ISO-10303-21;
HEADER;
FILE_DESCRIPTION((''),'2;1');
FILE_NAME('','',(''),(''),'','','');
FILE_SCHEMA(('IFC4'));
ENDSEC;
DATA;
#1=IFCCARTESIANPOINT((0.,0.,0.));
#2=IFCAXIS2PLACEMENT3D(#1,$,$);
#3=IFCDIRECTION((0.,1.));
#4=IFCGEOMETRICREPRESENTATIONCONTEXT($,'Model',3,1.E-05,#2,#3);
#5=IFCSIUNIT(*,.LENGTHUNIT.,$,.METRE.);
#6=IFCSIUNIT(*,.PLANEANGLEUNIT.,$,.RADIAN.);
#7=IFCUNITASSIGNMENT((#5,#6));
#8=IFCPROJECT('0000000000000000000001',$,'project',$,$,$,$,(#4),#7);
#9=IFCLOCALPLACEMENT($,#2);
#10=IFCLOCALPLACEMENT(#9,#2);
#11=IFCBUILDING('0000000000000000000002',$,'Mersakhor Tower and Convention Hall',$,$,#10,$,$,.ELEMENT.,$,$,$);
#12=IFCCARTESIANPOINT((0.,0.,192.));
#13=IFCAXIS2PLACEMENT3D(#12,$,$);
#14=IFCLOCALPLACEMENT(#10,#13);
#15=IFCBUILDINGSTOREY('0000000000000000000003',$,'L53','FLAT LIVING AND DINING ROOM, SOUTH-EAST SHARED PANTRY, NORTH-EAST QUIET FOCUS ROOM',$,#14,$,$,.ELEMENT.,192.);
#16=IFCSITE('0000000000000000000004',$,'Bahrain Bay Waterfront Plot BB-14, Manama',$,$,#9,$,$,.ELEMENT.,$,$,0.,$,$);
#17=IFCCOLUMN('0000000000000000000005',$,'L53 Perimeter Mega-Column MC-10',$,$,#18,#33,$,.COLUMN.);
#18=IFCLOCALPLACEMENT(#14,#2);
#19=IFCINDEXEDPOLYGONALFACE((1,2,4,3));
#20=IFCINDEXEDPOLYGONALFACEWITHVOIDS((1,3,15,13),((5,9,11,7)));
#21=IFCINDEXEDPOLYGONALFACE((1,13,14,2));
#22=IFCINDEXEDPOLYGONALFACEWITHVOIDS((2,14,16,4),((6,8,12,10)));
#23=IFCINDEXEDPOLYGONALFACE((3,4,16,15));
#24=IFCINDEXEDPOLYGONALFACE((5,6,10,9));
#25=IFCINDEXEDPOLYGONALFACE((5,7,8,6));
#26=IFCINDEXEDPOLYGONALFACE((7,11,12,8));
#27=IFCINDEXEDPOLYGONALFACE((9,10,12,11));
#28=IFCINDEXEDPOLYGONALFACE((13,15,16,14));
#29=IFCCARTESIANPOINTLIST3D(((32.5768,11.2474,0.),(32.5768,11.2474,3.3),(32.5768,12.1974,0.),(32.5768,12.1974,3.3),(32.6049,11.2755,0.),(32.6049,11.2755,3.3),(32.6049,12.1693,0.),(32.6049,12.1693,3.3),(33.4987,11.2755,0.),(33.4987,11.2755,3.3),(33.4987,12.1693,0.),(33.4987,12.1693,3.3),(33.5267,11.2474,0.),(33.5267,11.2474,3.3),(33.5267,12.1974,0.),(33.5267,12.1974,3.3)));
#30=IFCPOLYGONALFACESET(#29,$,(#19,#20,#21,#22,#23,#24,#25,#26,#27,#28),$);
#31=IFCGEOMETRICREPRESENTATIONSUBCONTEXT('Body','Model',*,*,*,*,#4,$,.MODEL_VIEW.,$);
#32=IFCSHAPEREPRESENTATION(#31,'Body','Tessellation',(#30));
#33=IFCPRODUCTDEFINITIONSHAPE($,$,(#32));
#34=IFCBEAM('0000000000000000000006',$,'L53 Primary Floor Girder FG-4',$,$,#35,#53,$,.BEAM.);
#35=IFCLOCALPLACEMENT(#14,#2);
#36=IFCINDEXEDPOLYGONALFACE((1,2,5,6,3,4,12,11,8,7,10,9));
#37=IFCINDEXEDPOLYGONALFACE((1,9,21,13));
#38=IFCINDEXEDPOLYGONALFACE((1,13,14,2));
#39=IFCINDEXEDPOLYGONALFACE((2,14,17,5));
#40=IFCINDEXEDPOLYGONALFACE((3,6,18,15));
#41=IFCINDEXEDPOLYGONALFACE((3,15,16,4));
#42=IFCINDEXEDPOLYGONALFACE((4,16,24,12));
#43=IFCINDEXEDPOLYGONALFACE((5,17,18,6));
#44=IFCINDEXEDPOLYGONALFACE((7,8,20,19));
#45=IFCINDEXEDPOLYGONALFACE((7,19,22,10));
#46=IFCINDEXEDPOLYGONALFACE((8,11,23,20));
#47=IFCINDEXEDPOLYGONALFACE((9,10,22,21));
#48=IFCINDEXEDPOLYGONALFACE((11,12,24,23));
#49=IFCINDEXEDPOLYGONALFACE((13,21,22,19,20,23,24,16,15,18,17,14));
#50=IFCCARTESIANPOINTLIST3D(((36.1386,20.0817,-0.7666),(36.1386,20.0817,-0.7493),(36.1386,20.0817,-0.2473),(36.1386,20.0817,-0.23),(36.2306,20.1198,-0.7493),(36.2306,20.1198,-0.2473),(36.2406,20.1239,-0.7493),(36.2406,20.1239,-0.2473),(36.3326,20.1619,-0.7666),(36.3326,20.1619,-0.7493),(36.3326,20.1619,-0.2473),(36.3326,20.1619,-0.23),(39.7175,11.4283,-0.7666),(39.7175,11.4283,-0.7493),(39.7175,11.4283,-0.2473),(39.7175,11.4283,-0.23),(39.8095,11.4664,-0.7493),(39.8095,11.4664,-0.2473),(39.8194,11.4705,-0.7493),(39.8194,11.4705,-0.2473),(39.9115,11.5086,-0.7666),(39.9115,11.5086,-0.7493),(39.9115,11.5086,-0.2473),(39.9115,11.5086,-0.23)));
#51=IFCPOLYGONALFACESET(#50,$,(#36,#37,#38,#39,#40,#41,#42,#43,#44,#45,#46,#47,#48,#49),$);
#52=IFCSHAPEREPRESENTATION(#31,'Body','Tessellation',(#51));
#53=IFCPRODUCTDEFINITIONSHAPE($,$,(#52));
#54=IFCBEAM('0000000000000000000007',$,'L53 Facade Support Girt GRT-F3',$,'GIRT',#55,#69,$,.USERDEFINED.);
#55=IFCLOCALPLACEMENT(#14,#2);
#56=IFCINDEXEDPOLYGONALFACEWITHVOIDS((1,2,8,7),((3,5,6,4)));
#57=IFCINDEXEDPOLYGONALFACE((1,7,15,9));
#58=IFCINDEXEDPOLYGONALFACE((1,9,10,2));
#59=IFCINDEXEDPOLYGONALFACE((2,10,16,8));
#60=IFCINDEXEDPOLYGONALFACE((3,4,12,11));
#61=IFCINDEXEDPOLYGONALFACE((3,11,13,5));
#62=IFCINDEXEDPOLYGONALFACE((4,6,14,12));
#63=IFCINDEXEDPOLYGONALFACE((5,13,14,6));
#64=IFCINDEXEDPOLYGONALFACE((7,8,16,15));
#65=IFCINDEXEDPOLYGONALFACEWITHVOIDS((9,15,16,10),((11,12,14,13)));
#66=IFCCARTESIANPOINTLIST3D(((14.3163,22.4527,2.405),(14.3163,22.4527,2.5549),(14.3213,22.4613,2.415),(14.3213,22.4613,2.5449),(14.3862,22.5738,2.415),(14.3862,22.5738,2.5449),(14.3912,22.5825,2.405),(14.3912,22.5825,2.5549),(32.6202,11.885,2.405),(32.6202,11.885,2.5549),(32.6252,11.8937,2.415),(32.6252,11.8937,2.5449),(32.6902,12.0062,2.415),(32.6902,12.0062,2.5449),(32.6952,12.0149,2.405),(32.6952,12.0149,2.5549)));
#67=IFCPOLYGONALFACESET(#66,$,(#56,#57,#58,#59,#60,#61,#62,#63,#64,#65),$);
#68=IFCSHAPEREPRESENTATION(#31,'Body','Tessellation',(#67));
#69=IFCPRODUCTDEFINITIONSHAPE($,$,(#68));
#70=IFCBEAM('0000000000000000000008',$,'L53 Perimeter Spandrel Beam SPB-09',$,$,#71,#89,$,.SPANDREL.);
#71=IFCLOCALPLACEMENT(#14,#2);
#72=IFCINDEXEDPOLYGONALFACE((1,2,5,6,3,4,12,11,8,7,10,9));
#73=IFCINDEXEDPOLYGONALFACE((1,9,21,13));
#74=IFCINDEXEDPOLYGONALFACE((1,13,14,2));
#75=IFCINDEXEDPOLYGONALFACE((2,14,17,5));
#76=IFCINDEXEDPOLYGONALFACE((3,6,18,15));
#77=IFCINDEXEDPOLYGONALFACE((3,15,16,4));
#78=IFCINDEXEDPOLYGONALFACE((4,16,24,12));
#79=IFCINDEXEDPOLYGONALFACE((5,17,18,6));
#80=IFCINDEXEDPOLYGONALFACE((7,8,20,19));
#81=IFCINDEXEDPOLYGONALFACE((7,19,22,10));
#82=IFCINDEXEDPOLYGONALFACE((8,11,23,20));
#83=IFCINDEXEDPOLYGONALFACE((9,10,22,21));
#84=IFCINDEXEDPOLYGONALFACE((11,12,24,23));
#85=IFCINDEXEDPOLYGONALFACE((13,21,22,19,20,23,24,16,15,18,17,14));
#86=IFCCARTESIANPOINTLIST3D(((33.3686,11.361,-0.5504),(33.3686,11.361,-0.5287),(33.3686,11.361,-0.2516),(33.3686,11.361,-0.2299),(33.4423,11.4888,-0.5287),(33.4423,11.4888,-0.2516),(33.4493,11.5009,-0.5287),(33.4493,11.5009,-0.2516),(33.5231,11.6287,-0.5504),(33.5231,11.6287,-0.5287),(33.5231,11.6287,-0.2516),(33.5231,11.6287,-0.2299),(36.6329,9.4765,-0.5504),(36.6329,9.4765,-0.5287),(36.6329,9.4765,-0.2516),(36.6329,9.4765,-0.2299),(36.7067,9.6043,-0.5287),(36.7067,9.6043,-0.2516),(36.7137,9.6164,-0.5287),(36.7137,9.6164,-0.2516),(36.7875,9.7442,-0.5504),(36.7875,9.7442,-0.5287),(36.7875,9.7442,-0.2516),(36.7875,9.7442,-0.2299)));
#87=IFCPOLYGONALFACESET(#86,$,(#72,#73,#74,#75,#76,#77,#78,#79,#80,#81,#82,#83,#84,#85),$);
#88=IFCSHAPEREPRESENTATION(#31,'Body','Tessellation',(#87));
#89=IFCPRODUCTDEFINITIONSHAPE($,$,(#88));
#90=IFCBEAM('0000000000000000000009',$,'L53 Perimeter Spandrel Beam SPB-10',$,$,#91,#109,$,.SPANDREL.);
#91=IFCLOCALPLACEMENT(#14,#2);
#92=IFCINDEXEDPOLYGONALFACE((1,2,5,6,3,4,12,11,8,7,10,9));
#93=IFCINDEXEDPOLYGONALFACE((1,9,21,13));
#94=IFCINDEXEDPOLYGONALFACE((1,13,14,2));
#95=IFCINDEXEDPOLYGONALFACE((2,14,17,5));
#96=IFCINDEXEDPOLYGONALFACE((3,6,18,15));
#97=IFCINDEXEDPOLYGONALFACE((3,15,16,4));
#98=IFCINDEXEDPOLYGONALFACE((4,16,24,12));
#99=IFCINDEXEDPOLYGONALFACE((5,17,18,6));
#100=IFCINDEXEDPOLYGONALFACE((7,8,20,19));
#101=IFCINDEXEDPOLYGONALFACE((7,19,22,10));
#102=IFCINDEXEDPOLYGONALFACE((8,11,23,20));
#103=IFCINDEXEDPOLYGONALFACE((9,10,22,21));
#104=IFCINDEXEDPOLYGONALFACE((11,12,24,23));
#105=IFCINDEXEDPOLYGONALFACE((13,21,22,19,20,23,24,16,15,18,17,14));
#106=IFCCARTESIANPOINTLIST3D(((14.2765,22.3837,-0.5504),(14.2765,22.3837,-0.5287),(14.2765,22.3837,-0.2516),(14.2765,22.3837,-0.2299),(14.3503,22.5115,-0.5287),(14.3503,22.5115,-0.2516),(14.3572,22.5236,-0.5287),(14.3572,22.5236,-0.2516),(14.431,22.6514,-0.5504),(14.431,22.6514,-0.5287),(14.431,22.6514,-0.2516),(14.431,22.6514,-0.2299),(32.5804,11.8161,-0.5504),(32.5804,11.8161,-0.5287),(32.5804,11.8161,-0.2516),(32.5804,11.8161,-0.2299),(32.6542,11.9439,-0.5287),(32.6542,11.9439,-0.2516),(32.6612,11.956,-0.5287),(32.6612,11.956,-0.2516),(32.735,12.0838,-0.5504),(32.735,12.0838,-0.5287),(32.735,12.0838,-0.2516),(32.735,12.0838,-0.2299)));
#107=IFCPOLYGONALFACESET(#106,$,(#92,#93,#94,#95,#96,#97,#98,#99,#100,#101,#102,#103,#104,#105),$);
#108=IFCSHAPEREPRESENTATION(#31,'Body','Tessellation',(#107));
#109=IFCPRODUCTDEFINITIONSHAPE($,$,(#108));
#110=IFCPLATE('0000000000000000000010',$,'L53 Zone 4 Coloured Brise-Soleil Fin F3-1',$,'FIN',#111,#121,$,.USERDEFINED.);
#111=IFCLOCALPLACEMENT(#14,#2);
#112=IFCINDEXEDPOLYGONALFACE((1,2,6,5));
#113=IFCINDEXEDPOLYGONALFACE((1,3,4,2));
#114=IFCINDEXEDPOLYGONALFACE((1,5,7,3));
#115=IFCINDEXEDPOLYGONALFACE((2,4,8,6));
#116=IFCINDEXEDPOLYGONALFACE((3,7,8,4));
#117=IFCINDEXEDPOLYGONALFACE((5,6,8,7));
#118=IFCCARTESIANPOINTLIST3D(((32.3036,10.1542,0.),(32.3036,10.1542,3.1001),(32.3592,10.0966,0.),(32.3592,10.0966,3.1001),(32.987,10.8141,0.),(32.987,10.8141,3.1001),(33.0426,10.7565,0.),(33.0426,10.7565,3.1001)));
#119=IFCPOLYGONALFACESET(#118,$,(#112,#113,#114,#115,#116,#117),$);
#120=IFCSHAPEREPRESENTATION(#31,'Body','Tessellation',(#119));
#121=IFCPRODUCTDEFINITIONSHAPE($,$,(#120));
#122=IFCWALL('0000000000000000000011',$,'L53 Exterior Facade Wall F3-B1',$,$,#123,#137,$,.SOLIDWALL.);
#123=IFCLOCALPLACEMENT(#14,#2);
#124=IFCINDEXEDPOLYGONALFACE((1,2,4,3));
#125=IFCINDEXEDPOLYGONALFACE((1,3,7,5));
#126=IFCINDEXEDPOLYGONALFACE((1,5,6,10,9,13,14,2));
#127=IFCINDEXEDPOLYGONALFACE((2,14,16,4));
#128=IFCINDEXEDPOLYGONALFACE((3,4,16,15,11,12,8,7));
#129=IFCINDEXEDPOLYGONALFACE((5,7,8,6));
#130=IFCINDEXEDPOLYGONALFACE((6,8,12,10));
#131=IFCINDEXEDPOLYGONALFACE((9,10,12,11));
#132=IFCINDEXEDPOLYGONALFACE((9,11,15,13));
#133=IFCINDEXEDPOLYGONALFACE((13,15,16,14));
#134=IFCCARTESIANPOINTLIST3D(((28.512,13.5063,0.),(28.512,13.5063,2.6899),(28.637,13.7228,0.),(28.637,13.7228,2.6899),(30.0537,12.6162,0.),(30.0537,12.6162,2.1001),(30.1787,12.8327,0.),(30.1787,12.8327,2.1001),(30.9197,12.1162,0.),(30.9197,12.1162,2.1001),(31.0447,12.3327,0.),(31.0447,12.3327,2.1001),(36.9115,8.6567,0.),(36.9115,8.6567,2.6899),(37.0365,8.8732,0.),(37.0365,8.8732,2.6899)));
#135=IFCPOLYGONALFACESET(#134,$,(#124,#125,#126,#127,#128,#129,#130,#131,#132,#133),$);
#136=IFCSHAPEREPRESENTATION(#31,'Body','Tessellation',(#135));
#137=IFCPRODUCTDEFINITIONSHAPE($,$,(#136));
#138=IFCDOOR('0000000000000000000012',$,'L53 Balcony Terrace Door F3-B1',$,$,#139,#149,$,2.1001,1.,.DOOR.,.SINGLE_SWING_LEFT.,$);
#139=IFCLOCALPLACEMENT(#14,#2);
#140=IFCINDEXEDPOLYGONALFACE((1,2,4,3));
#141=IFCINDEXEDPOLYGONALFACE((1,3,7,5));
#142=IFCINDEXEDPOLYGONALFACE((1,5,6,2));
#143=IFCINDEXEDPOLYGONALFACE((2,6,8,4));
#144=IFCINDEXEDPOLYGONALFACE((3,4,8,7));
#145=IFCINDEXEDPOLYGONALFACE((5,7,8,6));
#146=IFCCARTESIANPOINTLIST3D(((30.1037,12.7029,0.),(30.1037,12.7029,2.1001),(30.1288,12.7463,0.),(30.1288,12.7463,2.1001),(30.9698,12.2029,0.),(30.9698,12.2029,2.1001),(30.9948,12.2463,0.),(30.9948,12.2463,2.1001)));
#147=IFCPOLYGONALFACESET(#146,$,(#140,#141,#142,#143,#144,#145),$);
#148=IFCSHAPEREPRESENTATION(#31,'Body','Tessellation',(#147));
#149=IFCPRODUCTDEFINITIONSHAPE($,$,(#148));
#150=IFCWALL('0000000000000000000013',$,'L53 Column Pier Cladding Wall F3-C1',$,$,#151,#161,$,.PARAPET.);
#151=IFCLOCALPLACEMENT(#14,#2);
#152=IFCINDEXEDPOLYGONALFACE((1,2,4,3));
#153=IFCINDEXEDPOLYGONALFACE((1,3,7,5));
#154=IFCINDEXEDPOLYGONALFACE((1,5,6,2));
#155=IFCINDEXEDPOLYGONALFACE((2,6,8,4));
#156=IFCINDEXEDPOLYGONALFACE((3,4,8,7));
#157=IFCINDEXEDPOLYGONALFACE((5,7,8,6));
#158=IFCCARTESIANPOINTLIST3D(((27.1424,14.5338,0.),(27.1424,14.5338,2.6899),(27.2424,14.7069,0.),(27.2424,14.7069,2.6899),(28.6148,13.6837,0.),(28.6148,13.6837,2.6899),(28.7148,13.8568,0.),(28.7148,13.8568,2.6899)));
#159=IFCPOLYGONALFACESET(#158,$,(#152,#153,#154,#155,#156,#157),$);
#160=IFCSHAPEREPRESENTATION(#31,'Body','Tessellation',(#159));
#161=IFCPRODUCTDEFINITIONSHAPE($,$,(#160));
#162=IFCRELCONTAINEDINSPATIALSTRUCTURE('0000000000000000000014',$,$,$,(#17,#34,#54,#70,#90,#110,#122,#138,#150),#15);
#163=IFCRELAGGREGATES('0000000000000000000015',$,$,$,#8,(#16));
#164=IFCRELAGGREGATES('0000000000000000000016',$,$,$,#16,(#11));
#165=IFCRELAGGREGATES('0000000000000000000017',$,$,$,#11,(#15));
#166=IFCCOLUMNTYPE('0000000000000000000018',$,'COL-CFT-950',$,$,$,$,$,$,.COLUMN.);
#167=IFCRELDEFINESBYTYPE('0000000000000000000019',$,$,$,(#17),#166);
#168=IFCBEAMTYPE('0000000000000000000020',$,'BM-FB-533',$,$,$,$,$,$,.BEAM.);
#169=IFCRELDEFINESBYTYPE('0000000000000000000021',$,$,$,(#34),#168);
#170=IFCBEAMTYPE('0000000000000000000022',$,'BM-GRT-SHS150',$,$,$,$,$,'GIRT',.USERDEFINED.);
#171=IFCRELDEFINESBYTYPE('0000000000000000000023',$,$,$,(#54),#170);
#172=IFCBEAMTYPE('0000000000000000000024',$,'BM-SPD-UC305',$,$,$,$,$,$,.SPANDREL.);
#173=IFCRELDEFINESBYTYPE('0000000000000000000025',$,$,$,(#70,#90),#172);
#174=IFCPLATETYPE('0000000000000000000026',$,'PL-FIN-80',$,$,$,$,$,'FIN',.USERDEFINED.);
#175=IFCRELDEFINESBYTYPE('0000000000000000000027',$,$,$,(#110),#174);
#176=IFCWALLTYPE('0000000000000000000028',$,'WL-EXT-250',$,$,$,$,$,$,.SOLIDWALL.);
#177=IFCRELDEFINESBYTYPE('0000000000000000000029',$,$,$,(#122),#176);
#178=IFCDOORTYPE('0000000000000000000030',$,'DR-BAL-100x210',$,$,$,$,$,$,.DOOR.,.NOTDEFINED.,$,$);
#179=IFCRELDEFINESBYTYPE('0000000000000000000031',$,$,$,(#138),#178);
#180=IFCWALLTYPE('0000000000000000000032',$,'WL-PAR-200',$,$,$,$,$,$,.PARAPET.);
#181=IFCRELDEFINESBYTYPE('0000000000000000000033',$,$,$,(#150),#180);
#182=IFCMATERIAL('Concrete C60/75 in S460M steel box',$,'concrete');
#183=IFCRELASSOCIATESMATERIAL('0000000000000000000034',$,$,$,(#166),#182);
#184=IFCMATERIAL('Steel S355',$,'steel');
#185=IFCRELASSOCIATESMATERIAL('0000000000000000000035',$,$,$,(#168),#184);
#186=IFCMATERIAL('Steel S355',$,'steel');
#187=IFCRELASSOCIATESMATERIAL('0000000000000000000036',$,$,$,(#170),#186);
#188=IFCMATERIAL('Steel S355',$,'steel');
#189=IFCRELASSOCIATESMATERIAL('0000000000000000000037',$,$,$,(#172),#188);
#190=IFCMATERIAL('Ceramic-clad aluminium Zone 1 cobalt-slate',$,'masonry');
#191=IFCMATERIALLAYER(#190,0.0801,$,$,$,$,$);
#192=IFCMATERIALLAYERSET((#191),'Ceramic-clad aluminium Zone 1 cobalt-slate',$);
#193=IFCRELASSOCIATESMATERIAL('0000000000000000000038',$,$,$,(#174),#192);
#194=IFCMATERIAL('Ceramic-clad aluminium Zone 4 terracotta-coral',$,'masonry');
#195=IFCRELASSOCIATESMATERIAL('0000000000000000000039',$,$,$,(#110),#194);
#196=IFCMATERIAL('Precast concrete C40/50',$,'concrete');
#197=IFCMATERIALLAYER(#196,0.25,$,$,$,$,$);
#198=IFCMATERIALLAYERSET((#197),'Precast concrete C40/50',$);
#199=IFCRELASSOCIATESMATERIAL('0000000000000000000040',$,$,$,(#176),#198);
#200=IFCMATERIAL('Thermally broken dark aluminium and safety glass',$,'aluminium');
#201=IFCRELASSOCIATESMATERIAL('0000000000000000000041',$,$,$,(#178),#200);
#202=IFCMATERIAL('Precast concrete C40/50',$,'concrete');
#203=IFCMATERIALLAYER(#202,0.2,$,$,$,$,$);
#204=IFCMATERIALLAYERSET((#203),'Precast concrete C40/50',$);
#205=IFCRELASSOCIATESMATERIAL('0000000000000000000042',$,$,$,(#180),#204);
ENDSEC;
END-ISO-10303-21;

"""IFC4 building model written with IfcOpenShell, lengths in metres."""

from ifc_helpers import new_model, si_unit, direction, frame, frame_2d, origin, origin_2d, place, context, subcontext, project, spatial, rectangle, hollow_rectangle, i_section, extrude, material, layer, layer_set, material_profile, profile_set, type_object, element, fill, save


model = new_model("IFC4")

# Units and contexts
model_context = context("Model", 3, precision=1e-05, world=origin(), true_north=direction((0.0, 1.0)))
body_context = subcontext(model_context, "Body", "Model", "MODEL_VIEW")
ifc_project = project(units=[si_unit("LENGTHUNIT", "METRE"), si_unit("PLANEANGLEUNIT", "RADIAN")], contexts=[model_context])

# Site, building, storey
site_placement = place(None, origin())
site = spatial("IfcSite", under=ifc_project, at=site_placement, Name="Bahrain Bay Waterfront Plot BB-14, Manama", CompositionType="ELEMENT", RefElevation=0.0)
building_placement = place(site_placement, origin())
building = spatial("IfcBuilding", under=site, at=building_placement, Name="Mersakhor Tower and Convention Hall", CompositionType="ELEMENT")
storey_placement = place(building_placement, frame((0.0, 0.0, 192.0)))
storey = spatial("IfcBuildingStorey", under=building, at=storey_placement, Name="L53", Description="FLAT LIVING AND DINING ROOM, SOUTH-EAST SHARED PANTRY, NORTH-EAST QUIET FOCUS ROOM", CompositionType="ELEMENT", Elevation=192.0)

# Column
ifc_material_1 = material(Name="Concrete C60/75 in S460M steel box", Category="concrete")
ifc_material_profile_1 = material_profile(ifc_material_1, hollow_rectangle(XDim=0.95, YDim=0.95, WallThickness=0.0281, at=origin_2d()), Name="SHS 950x950x28")
ifc_profile_set_1 = profile_set([ifc_material_profile_1], Name="Concrete C60/75 in S460M steel box")
column_type = type_object("IfcColumnType", Name="COL-CFT-950", PredefinedType="COLUMN", material=ifc_profile_set_1)
column_placement = place(storey_placement, frame((33.0518, 11.7224, 0.0), z_axis=(0.0, 0.0, 1.0), x_axis=(1.0, 0.0, 0.0)))
element("IfcColumn", 1, at=column_placement, inside=storey, type_object=column_type, Name="L53 Perimeter Mega-Column MC-10", PredefinedType="COLUMN", context=body_context, shape_type="SweptSolid", body=[
    extrude(hollow_rectangle(XDim=0.95, YDim=0.95, WallThickness=0.0281, at=origin_2d()), origin(), (0.0, 0.0, 1.0), 3.3),
])

# Beams
ifc_material_2 = material(Name="Steel S355", Category="steel")
ifc_material_profile_2 = material_profile(ifc_material_2, i_section(OverallWidth=0.21, OverallDepth=0.5366, WebThickness=0.0107, FlangeThickness=0.0173, at=origin_2d()), Name="UB 533x210x101")
ifc_profile_set_2 = profile_set([ifc_material_profile_2], Name="Steel S355")
beam_type_1 = type_object("IfcBeamType", Name="BM-FB-533", PredefinedType="BEAM", material=ifc_profile_set_2)
beam_1_placement = place(storey_placement, frame((36.2356, 20.1218, -0.4983), z_axis=(0.382185, -0.924086, 0.0), x_axis=(0.924086, 0.382185, 0.0)))
element("IfcBeam", 2, at=beam_1_placement, inside=storey, type_object=beam_type_1, Name="L53 Primary Floor Girder FG-4", PredefinedType="BEAM", context=body_context, shape_type="SweptSolid", body=[
    extrude(i_section(OverallWidth=0.21, OverallDepth=0.5366, WebThickness=0.0107, FlangeThickness=0.0173, at=origin_2d()), origin(), (0.0, 0.0, 1.0), 9.3643),
])
ifc_material_3 = material(Name="Steel S355", Category="steel")
ifc_material_profile_3 = material_profile(ifc_material_3, hollow_rectangle(XDim=0.1499, YDim=0.1499, WallThickness=0.01, at=origin_2d()), Name="SHS 150x150x10")
ifc_profile_set_3 = profile_set([ifc_material_profile_3], Name="Steel S355")
beam_type_2 = type_object("IfcBeamType", Name="BM-GRT-SHS150", ElementType="GIRT", PredefinedType="USERDEFINED", material=ifc_profile_set_3)
beam_2_placement = place(storey_placement, frame((32.6577, 11.95, 2.48), z_axis=(-0.866029, 0.499994, 0.0), x_axis=(-0.499994, -0.866029, 0.0)))
element("IfcBeam", 3, at=beam_2_placement, inside=storey, type_object=beam_type_2, Name="L53 Facade Support Girt GRT-F3", ObjectType="GIRT", PredefinedType="USERDEFINED", context=body_context, shape_type="SweptSolid", body=[
    extrude(hollow_rectangle(XDim=0.1499, YDim=0.1499, WallThickness=0.01, at=origin_2d()), origin(), (0.0, 0.0, 1.0), 21.1355),
])
ifc_material_4 = material(Name="Steel S355", Category="steel")
ifc_material_profile_4 = material_profile(ifc_material_4, i_section(OverallWidth=0.3091, OverallDepth=0.3206, WebThickness=0.0139, FlangeThickness=0.0217, at=origin_2d()), Name="UC 305x305x137")
ifc_profile_set_4 = profile_set([ifc_material_profile_4], Name="Steel S355")
beam_type_3 = type_object("IfcBeamType", Name="BM-SPD-UC305", PredefinedType="SPANDREL", material=ifc_profile_set_4)
beam_3_placement = place(storey_placement, frame((36.7102, 9.6104, -0.3901), z_axis=(-0.866046, 0.499964, 0.0), x_axis=(-0.499964, -0.866046, 0.0)))
element("IfcBeam", 4, at=beam_3_placement, inside=storey, type_object=beam_type_3, Name="L53 Perimeter Spandrel Beam SPB-09", PredefinedType="SPANDREL", context=body_context, shape_type="SweptSolid", body=[
    extrude(i_section(OverallWidth=0.3091, OverallDepth=0.3206, WebThickness=0.0139, FlangeThickness=0.0217, at=origin_2d()), origin(), (0.0, 0.0, 1.0), 3.7693),
])
beam_4_placement = place(storey_placement, frame((32.6577, 11.95, -0.3901), z_axis=(-0.866029, 0.499994, 0.0), x_axis=(-0.499994, -0.866029, 0.0)))
element("IfcBeam", 5, at=beam_4_placement, inside=storey, type_object=beam_type_3, Name="L53 Perimeter Spandrel Beam SPB-10", PredefinedType="SPANDREL", context=body_context, shape_type="SweptSolid", body=[
    extrude(i_section(OverallWidth=0.3091, OverallDepth=0.3206, WebThickness=0.0139, FlangeThickness=0.0217, at=origin_2d()), origin(), (0.0, 0.0, 1.0), 21.1355),
])

# Plate
ifc_material_5 = material(Name="Ceramic-clad aluminium Zone 4 terracotta-coral", Category="masonry")
ifc_material_6 = material(Name="Ceramic-clad aluminium Zone 1 cobalt-slate", Category="masonry")
ifc_layer_1 = layer(ifc_material_6, 0.0801)
ifc_layer_set_1 = layer_set([ifc_layer_1], Name="Ceramic-clad aluminium Zone 1 cobalt-slate")
plate_type = type_object("IfcPlateType", Name="PL-FIN-80", ElementType="FIN", PredefinedType="USERDEFINED", material=ifc_layer_set_1)
plate_placement = place(storey_placement, frame((32.6731, 10.4553, 0.0), z_axis=(0.0, 0.0, 1.0), x_axis=(-0.71934, -0.694658, 0.0)))
element("IfcPlate", 6, at=plate_placement, inside=storey, type_object=plate_type, material=ifc_material_5, Name="L53 Zone 4 Coloured Brise-Soleil Fin F3-1", ObjectType="FIN", PredefinedType="USERDEFINED", context=body_context, shape_type="SweptSolid", body=[
    extrude(rectangle(XDim=0.95, YDim=0.0801, at=origin_2d()), origin(), (0.0, 0.0, 1.0), 3.1001),
])

# Wall, opening, door
ifc_material_7 = material(Name="Precast concrete C40/50", Category="concrete")
ifc_layer_2 = layer(ifc_material_7, 0.25)
ifc_layer_set_2 = layer_set([ifc_layer_2], Name="Precast concrete C40/50")
wall_type_1 = type_object("IfcWallType", Name="WL-EXT-250", PredefinedType="SOLIDWALL", material=ifc_layer_set_2)
wall_1_placement = place(storey_placement, frame((36.9741, 8.7649, 0.0), z_axis=(0.0, 0.0, 1.0), x_axis=(-0.866016, 0.500016, 0.0)))
wall_1 = element("IfcWall", 7, at=wall_1_placement, inside=storey, type_object=wall_type_1, Name="L53 Exterior Facade Wall F3-B1", PredefinedType="SOLIDWALL", context=body_context, shape_type="SweptSolid", body=[
    extrude(rectangle(XDim=9.699, YDim=0.25, at=frame_2d((4.8496, 0.0))), origin(), (0.0, 0.0, 1.0), 2.6899),
])
opening_1_placement = place(wall_1_placement, frame((6.9189, 0.0, 0.0)))
opening_1 = element("IfcOpeningElement", 8, at=opening_1_placement, cuts=wall_1, PredefinedType="OPENING", context=body_context, shape_type="SweptSolid", body=[
    extrude(rectangle(XDim=1.0, YDim=2.1001, at=frame_2d((0.5, 1.05))), frame((0.0, 0.135, 0.0), z_axis=(0.0, -1.0, 0.0), x_axis=(1.0, 0.0, 0.0)), (0.0, 0.0, 1.0), 0.27),
])
ifc_material_8 = material(Name="Thermally broken dark aluminium and safety glass", Category="aluminium")
door_type_1 = type_object("IfcDoorType", Name="DR-BAL-100x210", OperationType="NOTDEFINED", PredefinedType="DOOR", material=ifc_material_8)
door_1_placement = place(opening_1_placement, origin())
door_1 = element("IfcDoor", 9, at=door_1_placement, inside=storey, type_object=door_type_1, Name="L53 Balcony Terrace Door F3-B1", OperationType="SINGLE_SWING_LEFT", OverallHeight=2.1001, OverallWidth=1.0, PredefinedType="DOOR", context=body_context, shape_type="SweptSolid", body=[
    extrude(rectangle(XDim=1.0, YDim=2.1001, at=frame_2d((0.5, 1.05))), frame((0.0, 0.0249, 0.0), z_axis=(0.0, -1.0, 0.0), x_axis=(1.0, 0.0, 0.0)), (0.0, 0.0, 1.0), 0.05),
])
fill(opening_1, door_1)

# Wall
ifc_material_9 = material(Name="Precast concrete C40/50", Category="concrete")
ifc_layer_3 = layer(ifc_material_9, 0.2)
ifc_layer_set_3 = layer_set([ifc_layer_3], Name="Precast concrete C40/50")
wall_type_2 = type_object("IfcWallType", Name="WL-PAR-200", PredefinedType="PARAPET", material=ifc_layer_set_3)
wall_2_placement = place(storey_placement, frame((28.6648, 13.7703, 0.0), z_axis=(0.0, 0.0, 1.0), x_axis=(-0.866025, 0.5, 0.0)))
element("IfcWall", 10, at=wall_2_placement, inside=storey, type_object=wall_type_2, Name="L53 Column Pier Cladding Wall F3-C1", PredefinedType="PARAPET", context=body_context, shape_type="SweptSolid", body=[
    extrude(rectangle(XDim=1.7002, YDim=0.2, at=frame_2d((0.8501, 0.0))), origin(), (0.0, 0.0, 1.0), 2.6899),
])

save(model, "model.ifc")
